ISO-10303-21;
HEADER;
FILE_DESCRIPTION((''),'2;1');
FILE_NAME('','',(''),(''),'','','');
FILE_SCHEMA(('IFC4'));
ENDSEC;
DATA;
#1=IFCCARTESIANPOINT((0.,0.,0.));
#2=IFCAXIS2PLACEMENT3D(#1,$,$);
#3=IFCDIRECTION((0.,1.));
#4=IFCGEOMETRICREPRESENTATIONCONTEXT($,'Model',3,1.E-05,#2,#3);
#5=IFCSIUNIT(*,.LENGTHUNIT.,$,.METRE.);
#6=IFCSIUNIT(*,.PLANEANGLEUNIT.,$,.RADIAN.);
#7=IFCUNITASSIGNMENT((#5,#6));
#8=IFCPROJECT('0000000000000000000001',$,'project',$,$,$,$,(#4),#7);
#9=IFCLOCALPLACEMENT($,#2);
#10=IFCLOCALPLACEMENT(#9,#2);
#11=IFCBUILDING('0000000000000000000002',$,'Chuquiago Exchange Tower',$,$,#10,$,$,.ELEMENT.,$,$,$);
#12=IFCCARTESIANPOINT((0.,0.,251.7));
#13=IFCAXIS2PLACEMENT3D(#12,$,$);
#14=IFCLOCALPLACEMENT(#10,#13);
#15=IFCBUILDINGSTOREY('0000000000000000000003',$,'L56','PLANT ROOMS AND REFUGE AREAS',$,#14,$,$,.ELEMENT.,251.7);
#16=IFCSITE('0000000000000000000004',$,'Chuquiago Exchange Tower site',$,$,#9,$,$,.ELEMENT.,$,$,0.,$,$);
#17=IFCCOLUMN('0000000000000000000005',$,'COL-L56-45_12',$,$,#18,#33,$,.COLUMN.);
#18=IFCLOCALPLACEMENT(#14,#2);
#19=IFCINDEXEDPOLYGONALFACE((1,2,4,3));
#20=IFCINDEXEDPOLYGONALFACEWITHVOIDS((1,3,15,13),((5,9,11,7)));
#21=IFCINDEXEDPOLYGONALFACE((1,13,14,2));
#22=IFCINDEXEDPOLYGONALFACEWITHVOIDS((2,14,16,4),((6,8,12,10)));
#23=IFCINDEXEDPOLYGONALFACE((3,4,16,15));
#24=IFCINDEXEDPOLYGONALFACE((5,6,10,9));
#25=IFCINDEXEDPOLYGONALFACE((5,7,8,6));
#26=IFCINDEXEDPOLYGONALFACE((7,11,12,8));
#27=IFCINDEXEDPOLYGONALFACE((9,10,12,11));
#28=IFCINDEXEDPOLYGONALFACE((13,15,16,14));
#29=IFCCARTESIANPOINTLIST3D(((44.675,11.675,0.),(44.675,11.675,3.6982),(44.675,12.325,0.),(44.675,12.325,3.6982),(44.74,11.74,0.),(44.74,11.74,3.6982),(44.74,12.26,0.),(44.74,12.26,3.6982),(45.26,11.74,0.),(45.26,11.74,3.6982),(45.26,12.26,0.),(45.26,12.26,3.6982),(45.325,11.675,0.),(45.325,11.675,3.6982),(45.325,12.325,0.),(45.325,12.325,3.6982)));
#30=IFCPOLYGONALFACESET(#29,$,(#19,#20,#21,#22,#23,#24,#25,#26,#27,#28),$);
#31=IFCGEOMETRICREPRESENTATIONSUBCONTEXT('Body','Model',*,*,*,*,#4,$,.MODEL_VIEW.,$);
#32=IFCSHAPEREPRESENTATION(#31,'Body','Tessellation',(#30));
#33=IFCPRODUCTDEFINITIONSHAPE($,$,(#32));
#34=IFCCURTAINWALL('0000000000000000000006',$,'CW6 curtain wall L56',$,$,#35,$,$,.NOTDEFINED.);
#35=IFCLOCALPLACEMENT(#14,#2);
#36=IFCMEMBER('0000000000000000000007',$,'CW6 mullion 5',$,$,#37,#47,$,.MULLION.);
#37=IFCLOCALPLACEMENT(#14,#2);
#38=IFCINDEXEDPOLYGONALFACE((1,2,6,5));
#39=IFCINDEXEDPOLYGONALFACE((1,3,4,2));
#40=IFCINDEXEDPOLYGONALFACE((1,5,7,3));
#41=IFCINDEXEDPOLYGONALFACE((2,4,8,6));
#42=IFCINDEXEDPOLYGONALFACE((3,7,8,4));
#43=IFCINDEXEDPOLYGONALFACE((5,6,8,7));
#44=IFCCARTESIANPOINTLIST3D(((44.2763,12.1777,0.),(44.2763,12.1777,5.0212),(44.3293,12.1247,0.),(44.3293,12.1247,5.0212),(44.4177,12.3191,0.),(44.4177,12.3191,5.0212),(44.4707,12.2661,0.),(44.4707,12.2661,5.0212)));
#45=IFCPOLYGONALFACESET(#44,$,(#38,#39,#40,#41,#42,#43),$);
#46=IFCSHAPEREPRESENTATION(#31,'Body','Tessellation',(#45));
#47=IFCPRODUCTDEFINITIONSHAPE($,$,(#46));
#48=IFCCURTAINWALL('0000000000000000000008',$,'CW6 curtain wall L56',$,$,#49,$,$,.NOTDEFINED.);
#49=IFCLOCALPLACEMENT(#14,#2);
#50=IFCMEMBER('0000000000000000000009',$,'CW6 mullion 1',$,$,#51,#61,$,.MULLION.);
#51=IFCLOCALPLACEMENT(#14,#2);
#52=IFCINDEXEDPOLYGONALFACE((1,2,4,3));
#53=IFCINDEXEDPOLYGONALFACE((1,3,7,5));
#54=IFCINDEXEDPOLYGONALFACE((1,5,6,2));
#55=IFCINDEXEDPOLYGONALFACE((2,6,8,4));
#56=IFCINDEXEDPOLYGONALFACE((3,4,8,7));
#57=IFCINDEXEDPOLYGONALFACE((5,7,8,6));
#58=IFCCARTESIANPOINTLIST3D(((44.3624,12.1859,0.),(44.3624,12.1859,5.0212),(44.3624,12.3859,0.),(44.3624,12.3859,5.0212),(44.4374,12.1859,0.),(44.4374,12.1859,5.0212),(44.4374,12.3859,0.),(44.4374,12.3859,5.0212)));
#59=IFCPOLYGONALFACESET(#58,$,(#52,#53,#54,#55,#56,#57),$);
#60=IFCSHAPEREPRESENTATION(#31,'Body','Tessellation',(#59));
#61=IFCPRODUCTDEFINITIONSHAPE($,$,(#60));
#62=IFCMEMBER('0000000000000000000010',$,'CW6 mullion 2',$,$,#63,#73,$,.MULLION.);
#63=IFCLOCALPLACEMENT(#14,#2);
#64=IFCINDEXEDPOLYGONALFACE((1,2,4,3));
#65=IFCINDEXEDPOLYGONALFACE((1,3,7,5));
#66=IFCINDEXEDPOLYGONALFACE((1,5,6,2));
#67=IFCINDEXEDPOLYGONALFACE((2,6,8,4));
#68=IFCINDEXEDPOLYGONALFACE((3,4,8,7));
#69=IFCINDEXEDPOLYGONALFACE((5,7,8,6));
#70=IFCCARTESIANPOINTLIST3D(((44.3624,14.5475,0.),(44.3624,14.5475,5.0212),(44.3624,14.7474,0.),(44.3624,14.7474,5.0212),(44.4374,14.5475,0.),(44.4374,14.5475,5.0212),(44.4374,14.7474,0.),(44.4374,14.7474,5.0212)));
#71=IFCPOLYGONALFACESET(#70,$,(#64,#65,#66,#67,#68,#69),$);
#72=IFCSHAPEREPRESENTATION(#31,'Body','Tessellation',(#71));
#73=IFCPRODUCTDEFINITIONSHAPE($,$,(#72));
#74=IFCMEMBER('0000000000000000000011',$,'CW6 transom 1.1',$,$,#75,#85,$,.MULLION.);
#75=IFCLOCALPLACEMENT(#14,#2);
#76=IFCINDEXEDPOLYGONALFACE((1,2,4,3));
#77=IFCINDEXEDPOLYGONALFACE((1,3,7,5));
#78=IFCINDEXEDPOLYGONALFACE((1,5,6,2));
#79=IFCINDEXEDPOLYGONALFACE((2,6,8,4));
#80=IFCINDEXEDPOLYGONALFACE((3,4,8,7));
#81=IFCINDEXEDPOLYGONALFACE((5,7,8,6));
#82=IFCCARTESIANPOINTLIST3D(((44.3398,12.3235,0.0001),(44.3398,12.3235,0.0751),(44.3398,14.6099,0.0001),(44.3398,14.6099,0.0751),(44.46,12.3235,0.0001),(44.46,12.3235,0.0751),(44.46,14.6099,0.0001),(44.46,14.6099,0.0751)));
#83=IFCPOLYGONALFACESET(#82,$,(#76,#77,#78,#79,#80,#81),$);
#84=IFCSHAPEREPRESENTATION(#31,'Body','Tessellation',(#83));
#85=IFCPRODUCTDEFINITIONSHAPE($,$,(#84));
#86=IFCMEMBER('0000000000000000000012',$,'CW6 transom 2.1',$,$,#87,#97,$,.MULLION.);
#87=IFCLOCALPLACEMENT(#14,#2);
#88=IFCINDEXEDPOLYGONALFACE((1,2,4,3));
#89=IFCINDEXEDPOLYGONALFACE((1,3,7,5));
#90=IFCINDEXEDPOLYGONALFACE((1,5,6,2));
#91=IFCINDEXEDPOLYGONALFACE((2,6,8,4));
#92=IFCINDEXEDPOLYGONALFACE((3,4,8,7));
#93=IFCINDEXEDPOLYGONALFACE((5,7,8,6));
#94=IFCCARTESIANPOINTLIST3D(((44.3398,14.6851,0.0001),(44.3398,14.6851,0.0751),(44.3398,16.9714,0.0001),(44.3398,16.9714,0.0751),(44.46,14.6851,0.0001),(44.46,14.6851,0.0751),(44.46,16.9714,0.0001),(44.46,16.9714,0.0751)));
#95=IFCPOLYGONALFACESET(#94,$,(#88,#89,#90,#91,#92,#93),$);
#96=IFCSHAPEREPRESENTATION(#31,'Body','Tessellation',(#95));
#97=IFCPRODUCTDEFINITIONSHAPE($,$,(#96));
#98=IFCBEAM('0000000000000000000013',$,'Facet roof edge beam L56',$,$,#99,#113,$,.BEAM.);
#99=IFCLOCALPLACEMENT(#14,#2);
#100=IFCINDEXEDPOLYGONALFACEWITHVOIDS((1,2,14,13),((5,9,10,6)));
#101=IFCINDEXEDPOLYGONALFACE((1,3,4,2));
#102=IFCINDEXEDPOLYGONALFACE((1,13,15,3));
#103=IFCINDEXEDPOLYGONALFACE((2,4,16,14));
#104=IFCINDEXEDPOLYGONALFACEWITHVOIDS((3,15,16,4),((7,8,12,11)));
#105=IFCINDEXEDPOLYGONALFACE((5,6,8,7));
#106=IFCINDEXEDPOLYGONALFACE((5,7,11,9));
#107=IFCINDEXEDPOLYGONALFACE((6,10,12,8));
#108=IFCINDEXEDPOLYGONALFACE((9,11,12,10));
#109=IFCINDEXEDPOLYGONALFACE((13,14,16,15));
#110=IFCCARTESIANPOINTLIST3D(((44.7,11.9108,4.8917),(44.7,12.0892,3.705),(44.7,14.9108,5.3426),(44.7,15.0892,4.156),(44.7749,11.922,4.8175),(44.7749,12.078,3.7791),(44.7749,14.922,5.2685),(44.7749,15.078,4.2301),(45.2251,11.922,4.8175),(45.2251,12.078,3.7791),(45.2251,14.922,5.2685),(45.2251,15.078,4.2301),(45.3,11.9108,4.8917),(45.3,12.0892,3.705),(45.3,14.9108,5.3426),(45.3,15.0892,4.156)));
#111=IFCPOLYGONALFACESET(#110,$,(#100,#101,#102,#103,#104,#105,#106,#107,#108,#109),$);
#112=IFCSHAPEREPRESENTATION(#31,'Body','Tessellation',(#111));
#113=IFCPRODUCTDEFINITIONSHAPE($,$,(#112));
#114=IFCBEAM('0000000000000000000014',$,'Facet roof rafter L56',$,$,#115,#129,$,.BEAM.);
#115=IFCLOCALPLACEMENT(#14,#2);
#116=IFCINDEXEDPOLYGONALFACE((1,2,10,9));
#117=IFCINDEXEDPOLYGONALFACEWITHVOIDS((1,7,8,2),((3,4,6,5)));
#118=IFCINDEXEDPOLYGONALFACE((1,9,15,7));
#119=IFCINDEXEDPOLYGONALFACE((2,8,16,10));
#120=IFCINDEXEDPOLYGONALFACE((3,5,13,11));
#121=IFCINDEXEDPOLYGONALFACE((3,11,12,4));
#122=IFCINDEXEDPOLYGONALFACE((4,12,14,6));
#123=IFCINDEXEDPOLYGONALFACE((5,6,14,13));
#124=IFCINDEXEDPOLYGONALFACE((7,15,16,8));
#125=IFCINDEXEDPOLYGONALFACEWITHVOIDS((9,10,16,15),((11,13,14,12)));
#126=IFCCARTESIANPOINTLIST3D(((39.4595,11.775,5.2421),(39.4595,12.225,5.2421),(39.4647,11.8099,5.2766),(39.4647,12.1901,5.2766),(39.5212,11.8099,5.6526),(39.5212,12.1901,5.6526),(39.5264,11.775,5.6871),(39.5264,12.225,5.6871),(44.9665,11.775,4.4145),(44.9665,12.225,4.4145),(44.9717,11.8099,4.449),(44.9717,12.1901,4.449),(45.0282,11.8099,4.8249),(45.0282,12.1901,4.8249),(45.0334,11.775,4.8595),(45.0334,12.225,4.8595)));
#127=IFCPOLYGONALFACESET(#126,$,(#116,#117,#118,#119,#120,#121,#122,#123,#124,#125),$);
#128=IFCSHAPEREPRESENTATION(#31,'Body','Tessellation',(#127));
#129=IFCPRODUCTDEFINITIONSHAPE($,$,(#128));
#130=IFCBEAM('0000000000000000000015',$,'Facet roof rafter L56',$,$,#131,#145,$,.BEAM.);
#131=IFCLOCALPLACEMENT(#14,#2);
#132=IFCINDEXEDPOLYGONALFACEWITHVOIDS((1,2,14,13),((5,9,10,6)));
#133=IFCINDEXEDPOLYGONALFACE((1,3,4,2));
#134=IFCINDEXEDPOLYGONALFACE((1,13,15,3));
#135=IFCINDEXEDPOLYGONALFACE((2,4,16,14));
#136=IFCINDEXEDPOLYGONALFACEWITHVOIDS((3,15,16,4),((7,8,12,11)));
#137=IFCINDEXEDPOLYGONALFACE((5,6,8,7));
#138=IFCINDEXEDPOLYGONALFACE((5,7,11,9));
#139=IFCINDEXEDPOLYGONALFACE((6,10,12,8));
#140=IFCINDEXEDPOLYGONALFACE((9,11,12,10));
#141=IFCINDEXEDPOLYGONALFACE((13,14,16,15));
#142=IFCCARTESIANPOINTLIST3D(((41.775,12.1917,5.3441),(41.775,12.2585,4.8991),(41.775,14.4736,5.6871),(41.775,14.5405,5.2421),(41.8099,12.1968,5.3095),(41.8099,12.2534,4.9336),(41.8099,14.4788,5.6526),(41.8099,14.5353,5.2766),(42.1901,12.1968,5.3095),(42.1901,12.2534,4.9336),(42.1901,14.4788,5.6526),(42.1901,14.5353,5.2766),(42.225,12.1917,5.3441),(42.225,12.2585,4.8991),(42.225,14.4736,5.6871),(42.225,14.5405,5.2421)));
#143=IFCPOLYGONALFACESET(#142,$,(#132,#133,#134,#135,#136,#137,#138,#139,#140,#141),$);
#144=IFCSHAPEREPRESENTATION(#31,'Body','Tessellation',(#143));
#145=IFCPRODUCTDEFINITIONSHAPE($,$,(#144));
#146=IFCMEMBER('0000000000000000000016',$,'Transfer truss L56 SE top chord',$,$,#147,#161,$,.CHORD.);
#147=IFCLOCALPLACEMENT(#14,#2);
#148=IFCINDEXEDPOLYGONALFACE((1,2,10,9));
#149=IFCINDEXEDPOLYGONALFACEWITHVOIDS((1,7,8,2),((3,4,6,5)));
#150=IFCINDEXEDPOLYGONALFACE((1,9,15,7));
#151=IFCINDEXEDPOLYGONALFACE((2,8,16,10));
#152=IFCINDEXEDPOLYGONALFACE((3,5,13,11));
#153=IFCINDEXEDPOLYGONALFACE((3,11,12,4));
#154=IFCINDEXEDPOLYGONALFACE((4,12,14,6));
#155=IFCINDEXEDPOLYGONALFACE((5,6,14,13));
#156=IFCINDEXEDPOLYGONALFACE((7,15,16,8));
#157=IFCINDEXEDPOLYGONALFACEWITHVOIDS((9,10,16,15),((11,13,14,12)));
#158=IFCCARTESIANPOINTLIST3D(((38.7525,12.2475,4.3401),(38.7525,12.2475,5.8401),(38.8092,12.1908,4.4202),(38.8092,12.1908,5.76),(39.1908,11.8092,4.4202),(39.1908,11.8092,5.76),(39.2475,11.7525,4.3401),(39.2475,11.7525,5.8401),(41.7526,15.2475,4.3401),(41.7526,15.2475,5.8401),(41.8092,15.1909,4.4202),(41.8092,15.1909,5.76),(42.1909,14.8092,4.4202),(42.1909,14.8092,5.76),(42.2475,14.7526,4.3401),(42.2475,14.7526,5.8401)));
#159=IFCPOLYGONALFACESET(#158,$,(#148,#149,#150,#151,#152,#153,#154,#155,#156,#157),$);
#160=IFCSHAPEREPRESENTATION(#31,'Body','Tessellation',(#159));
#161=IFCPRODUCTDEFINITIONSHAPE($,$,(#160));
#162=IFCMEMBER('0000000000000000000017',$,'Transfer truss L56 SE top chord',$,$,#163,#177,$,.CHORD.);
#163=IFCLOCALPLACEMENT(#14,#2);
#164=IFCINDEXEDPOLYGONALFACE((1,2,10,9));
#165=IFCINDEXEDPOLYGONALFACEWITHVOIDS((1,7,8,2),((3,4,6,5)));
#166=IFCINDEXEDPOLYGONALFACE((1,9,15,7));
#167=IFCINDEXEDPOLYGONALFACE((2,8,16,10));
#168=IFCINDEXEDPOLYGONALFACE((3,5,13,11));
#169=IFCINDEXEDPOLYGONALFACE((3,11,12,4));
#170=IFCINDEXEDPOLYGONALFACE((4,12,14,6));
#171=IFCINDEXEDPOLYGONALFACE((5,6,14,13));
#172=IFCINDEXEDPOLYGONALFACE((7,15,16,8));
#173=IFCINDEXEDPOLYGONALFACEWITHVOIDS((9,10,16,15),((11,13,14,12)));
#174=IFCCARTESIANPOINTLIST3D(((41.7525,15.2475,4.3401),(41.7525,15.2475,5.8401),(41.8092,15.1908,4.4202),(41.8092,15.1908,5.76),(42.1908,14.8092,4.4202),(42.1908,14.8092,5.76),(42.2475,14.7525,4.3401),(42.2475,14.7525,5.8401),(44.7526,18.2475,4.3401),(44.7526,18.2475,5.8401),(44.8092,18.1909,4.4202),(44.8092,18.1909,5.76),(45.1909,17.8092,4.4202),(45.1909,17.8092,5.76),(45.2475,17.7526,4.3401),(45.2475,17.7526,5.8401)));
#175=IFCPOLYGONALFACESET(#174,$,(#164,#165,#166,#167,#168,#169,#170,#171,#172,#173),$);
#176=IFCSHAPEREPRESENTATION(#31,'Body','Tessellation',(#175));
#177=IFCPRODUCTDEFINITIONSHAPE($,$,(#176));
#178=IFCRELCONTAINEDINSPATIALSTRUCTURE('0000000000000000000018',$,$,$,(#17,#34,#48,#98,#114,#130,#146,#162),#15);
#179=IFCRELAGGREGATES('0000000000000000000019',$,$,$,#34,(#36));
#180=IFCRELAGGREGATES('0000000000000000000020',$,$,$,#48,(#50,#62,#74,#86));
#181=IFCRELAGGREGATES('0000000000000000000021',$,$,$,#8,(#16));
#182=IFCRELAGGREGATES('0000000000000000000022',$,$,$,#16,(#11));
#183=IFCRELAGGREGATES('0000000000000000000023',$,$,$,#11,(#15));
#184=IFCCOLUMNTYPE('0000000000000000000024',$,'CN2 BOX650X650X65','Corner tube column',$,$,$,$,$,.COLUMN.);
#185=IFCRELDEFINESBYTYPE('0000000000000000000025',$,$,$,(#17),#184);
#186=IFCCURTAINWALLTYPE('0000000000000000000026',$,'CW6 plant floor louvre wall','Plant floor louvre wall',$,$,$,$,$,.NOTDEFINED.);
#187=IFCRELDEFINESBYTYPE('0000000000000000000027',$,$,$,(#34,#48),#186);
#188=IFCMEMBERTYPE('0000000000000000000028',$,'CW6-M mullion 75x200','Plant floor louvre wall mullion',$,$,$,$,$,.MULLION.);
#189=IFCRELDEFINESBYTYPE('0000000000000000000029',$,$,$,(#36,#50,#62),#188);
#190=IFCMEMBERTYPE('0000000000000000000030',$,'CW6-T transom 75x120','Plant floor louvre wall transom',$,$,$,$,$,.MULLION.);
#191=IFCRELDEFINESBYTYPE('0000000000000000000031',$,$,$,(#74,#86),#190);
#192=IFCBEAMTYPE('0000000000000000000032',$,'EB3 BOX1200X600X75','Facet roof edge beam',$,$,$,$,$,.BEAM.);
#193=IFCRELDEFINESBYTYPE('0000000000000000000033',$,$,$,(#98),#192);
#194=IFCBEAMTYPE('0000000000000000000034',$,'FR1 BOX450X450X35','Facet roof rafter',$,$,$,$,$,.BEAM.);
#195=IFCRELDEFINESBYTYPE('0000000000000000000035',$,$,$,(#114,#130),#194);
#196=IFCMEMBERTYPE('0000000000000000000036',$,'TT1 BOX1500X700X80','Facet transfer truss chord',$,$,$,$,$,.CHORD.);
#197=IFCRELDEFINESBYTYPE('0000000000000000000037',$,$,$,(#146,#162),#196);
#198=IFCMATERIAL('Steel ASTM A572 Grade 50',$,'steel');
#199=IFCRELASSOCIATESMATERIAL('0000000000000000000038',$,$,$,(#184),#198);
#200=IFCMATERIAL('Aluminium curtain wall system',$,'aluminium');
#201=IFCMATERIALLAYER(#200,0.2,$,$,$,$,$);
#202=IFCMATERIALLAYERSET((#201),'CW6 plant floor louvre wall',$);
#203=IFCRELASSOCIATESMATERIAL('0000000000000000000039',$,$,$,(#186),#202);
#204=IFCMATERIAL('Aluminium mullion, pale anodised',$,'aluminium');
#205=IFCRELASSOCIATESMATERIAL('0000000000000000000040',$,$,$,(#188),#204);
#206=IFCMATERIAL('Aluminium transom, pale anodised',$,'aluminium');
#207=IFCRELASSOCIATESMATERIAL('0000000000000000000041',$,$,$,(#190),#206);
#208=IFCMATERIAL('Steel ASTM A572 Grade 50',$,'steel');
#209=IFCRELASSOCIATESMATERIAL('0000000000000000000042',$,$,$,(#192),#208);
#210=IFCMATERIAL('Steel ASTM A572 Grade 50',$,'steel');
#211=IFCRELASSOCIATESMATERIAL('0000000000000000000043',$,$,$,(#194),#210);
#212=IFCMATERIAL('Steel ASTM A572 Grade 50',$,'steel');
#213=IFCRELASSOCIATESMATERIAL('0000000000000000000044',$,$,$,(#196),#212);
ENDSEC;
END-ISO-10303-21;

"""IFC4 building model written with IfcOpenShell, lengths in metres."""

from ifc_helpers import new_model, si_unit, direction, frame, origin, origin_2d, place, context, subcontext, project, spatial, rectangle, hollow_rectangle, extrude, material, layer, layer_set, material_profile, profile_set, type_object, element, aggregate, save


model = new_model("IFC4")

# Units and contexts
model_context = context("Model", 3, precision=1e-05, world=origin(), true_north=direction((0.0, 1.0)))
body_context = subcontext(model_context, "Body", "Model", "MODEL_VIEW")
ifc_project = project(units=[si_unit("LENGTHUNIT", "METRE"), si_unit("PLANEANGLEUNIT", "RADIAN")], contexts=[model_context])

# Site, building, storey
site_placement = place(None, origin())
site = spatial("IfcSite", under=ifc_project, at=site_placement, Name="Chuquiago Exchange Tower site", CompositionType="ELEMENT", RefElevation=0.0)
building_placement = place(site_placement, origin())
building = spatial("IfcBuilding", under=site, at=building_placement, Name="Chuquiago Exchange Tower", CompositionType="ELEMENT")
storey_placement = place(building_placement, frame((0.0, 0.0, 251.7)))
storey = spatial("IfcBuildingStorey", under=building, at=storey_placement, Name="L56", Description="PLANT ROOMS AND REFUGE AREAS", CompositionType="ELEMENT", Elevation=251.7)

# Column
ifc_material_1 = material(Name="Steel ASTM A572 Grade 50", Category="steel")
ifc_material_profile_1 = material_profile(ifc_material_1, hollow_rectangle(XDim=0.6499, YDim=0.6499, WallThickness=0.0649, at=origin_2d()), Name="BOX650X650X65")
ifc_profile_set_1 = profile_set([ifc_material_profile_1], Name="Steel ASTM A572 Grade 50")
column_type = type_object("IfcColumnType", Name="CN2 BOX650X650X65", Description="Corner tube column", PredefinedType="COLUMN", material=ifc_profile_set_1)
column_placement = place(storey_placement, frame((45.0, 12.0, 0.0), z_axis=(0.0, 0.0, 1.0), x_axis=(1.0, 0.0, 0.0)))
element("IfcColumn", 1, at=column_placement, inside=storey, type_object=column_type, Name="COL-L56-45_12", PredefinedType="COLUMN", context=body_context, shape_type="SweptSolid", body=[
    extrude(hollow_rectangle(XDim=0.6499, YDim=0.6499, WallThickness=0.0649, at=origin_2d()), origin(), (0.0, 0.0, 1.0), 3.6982),
])

# Curtain wall, member
ifc_material_2 = material(Name="Aluminium curtain wall system", Category="aluminium")
ifc_layer_1 = layer(ifc_material_2, 0.2)
ifc_layer_set_1 = layer_set([ifc_layer_1], Name="CW6 plant floor louvre wall")
curtain_wall_type = type_object("IfcCurtainWallType", Name="CW6 plant floor louvre wall", Description="Plant floor louvre wall", PredefinedType="NOTDEFINED", material=ifc_layer_set_1)
curtain_wall_1_placement = place(storey_placement, origin())
curtain_wall_1 = element("IfcCurtainWall", 2, at=curtain_wall_1_placement, inside=storey, type_object=curtain_wall_type, Name="CW6 curtain wall L56", PredefinedType="NOTDEFINED")
ifc_material_3 = material(Name="Aluminium mullion, pale anodised", Category="aluminium")
ifc_material_profile_2 = material_profile(ifc_material_3, rectangle(XDim=0.075, YDim=0.2, at=origin_2d()), Name="AL 75x200")
ifc_profile_set_2 = profile_set([ifc_material_profile_2], Name="Aluminium mullion, pale anodised")
member_type_1 = type_object("IfcMemberType", Name="CW6-M mullion 75x200", Description="Plant floor louvre wall mullion", PredefinedType="MULLION", material=ifc_profile_set_2)
member_1_placement = place(storey_placement, frame((44.3735, 12.2219, 0.0), z_axis=(0.0, 0.0, 1.0), x_axis=(-0.707107, 0.707107, 0.0)))
member_1 = element("IfcMember", 3, at=member_1_placement, type_object=member_type_1, Name="CW6 mullion 5", PredefinedType="MULLION", context=body_context, shape_type="SweptSolid", body=[
    extrude(rectangle(XDim=0.075, YDim=0.2, at=origin_2d()), origin(), (0.0, 0.0, 1.0), 5.0212),
])
aggregate(curtain_wall_1, [member_1])

# Curtain wall, members
curtain_wall_2_placement = place(storey_placement, origin())
curtain_wall_2 = element("IfcCurtainWall", 4, at=curtain_wall_2_placement, inside=storey, type_object=curtain_wall_type, Name="CW6 curtain wall L56", PredefinedType="NOTDEFINED")
member_2_placement = place(storey_placement, frame((44.3999, 12.2859, 0.0), z_axis=(0.0, 0.0, 1.0), x_axis=(-1.0, 0.0, 0.0)))
member_2 = element("IfcMember", 5, at=member_2_placement, type_object=member_type_1, Name="CW6 mullion 1", PredefinedType="MULLION", context=body_context, shape_type="SweptSolid", body=[
    extrude(rectangle(XDim=0.075, YDim=0.2, at=origin_2d()), origin(), (0.0, 0.0, 1.0), 5.0212),
])
member_3_placement = place(storey_placement, frame((44.3999, 14.6475, 0.0), z_axis=(0.0, 0.0, 1.0), x_axis=(-1.0, 0.0, 0.0)))
member_3 = element("IfcMember", 6, at=member_3_placement, type_object=member_type_1, Name="CW6 mullion 2", PredefinedType="MULLION", context=body_context, shape_type="SweptSolid", body=[
    extrude(rectangle(XDim=0.075, YDim=0.2, at=origin_2d()), origin(), (0.0, 0.0, 1.0), 5.0212),
])
ifc_material_4 = material(Name="Aluminium transom, pale anodised", Category="aluminium")
ifc_material_profile_3 = material_profile(ifc_material_4, rectangle(XDim=0.1201, YDim=0.075, at=origin_2d()), Name="AL 120x75")
ifc_profile_set_3 = profile_set([ifc_material_profile_3], Name="Aluminium transom, pale anodised")
member_type_2 = type_object("IfcMemberType", Name="CW6-T transom 75x120", Description="Plant floor louvre wall transom", PredefinedType="MULLION", material=ifc_profile_set_3)
member_4_placement = place(storey_placement, frame((44.3999, 12.3235, 0.0376), z_axis=(0.0, 1.0, 0.0), x_axis=(-1.0, 0.0, 0.0)))
member_4 = element("IfcMember", 7, at=member_4_placement, type_object=member_type_2, Name="CW6 transom 1.1", PredefinedType="MULLION", context=body_context, shape_type="SweptSolid", body=[
    extrude(rectangle(XDim=0.1201, YDim=0.075, at=origin_2d()), origin(), (0.0, 0.0, 1.0), 2.2864),
])
member_5_placement = place(storey_placement, frame((44.3999, 14.6851, 0.0376), z_axis=(0.0, 1.0, 0.0), x_axis=(-1.0, 0.0, 0.0)))
member_5 = element("IfcMember", 8, at=member_5_placement, type_object=member_type_2, Name="CW6 transom 2.1", PredefinedType="MULLION", context=body_context, shape_type="SweptSolid", body=[
    extrude(rectangle(XDim=0.1201, YDim=0.075, at=origin_2d()), origin(), (0.0, 0.0, 1.0), 2.2864),
])

# Beams
ifc_material_5 = material(Name="Steel ASTM A572 Grade 50", Category="steel")
ifc_material_profile_4 = material_profile(ifc_material_5, hollow_rectangle(XDim=0.6001, YDim=1.2, WallThickness=0.075, at=origin_2d()), Name="BOX1200X600X75")
ifc_profile_set_4 = profile_set([ifc_material_profile_4], Name="Steel ASTM A572 Grade 50")
beam_type_1 = type_object("IfcBeamType", Name="EB3 BOX1200X600X75", Description="Facet roof edge beam", PredefinedType="BEAM", material=ifc_profile_set_4)
beam_1_placement = place(storey_placement, frame((45.0, 12.0, 4.2983), z_axis=(0.0, 0.988891, 0.14864), x_axis=(-1.0, 0.0, 0.0)))
element("IfcBeam", 9, at=beam_1_placement, inside=storey, type_object=beam_type_1, Name="Facet roof edge beam L56", PredefinedType="BEAM", context=body_context, shape_type="SweptSolid", body=[
    extrude(hollow_rectangle(XDim=0.6001, YDim=1.2, WallThickness=0.075, at=origin_2d()), origin(), (0.0, 0.0, 1.0), 3.0337),
])
ifc_material_6 = material(Name="Steel ASTM A572 Grade 50", Category="steel")
ifc_material_profile_5 = material_profile(ifc_material_6, hollow_rectangle(XDim=0.45, YDim=0.45, WallThickness=0.0349, at=origin_2d()), Name="BOX450X450X35")
ifc_profile_set_5 = profile_set([ifc_material_profile_5], Name="Steel ASTM A572 Grade 50")
beam_type_2 = type_object("IfcBeamType", Name="FR1 BOX450X450X35", Description="Facet roof rafter", PredefinedType="BEAM", material=ifc_profile_set_5)
beam_2_placement = place(storey_placement, frame((39.4929, 12.0, 5.4646), z_axis=(0.988895, 0.0, -0.148617), x_axis=(0.0, 1.0, 0.0)))
element("IfcBeam", 10, at=beam_2_placement, inside=storey, type_object=beam_type_2, Name="Facet roof rafter L56", PredefinedType="BEAM", context=body_context, shape_type="SweptSolid", body=[
    extrude(hollow_rectangle(XDim=0.45, YDim=0.45, WallThickness=0.0349, at=origin_2d()), origin(), (0.0, 0.0, 1.0), 5.5688),
])
beam_3_placement = place(storey_placement, frame((42.0, 14.5071, 5.4646), z_axis=(0.0, -0.988891, -0.148646), x_axis=(1.0, 0.0, 0.0)))
element("IfcBeam", 11, at=beam_3_placement, inside=storey, type_object=beam_type_2, Name="Facet roof rafter L56", PredefinedType="BEAM", context=body_context, shape_type="SweptSolid", body=[
    extrude(hollow_rectangle(XDim=0.45, YDim=0.45, WallThickness=0.0349, at=origin_2d()), origin(), (0.0, 0.0, 1.0), 2.3076),
])

# Members
ifc_material_7 = material(Name="Steel ASTM A572 Grade 50", Category="steel")
ifc_material_profile_6 = material_profile(ifc_material_7, hollow_rectangle(XDim=0.7, YDim=1.5, WallThickness=0.0801, at=origin_2d()), Name="BOX1500X700X80")
ifc_profile_set_6 = profile_set([ifc_material_profile_6], Name="Steel ASTM A572 Grade 50")
member_type_3 = type_object("IfcMemberType", Name="TT1 BOX1500X700X80", Description="Facet transfer truss chord", PredefinedType="CHORD", material=ifc_profile_set_6)
for number, where, z_axis, x_axis, name in (
    (12, (39.0, 12.0, 5.0901), (0.707107, 0.707107, 0.0), (-0.707107, 0.707107, 0.0), "Transfer truss L56 SE top chord"),
    (13, (42.0, 15.0, 5.0901), (0.707107, 0.707107, 0.0), (-0.707107, 0.707107, 0.0), "Transfer truss L56 SE top chord"),
):
    element("IfcMember", number, at=place(storey_placement, frame(where, z_axis=z_axis, x_axis=x_axis)), inside=storey, type_object=member_type_3, Name=name, PredefinedType="CHORD", context=body_context, shape_type="SweptSolid", body=[
        extrude(hollow_rectangle(XDim=0.7, YDim=1.5, WallThickness=0.0801, at=origin_2d()), origin(), (0.0, 0.0, 1.0), 4.2427),
    ])

aggregate(curtain_wall_2, [member_2, member_3, member_4, member_5])

save(model, "model.ifc")
